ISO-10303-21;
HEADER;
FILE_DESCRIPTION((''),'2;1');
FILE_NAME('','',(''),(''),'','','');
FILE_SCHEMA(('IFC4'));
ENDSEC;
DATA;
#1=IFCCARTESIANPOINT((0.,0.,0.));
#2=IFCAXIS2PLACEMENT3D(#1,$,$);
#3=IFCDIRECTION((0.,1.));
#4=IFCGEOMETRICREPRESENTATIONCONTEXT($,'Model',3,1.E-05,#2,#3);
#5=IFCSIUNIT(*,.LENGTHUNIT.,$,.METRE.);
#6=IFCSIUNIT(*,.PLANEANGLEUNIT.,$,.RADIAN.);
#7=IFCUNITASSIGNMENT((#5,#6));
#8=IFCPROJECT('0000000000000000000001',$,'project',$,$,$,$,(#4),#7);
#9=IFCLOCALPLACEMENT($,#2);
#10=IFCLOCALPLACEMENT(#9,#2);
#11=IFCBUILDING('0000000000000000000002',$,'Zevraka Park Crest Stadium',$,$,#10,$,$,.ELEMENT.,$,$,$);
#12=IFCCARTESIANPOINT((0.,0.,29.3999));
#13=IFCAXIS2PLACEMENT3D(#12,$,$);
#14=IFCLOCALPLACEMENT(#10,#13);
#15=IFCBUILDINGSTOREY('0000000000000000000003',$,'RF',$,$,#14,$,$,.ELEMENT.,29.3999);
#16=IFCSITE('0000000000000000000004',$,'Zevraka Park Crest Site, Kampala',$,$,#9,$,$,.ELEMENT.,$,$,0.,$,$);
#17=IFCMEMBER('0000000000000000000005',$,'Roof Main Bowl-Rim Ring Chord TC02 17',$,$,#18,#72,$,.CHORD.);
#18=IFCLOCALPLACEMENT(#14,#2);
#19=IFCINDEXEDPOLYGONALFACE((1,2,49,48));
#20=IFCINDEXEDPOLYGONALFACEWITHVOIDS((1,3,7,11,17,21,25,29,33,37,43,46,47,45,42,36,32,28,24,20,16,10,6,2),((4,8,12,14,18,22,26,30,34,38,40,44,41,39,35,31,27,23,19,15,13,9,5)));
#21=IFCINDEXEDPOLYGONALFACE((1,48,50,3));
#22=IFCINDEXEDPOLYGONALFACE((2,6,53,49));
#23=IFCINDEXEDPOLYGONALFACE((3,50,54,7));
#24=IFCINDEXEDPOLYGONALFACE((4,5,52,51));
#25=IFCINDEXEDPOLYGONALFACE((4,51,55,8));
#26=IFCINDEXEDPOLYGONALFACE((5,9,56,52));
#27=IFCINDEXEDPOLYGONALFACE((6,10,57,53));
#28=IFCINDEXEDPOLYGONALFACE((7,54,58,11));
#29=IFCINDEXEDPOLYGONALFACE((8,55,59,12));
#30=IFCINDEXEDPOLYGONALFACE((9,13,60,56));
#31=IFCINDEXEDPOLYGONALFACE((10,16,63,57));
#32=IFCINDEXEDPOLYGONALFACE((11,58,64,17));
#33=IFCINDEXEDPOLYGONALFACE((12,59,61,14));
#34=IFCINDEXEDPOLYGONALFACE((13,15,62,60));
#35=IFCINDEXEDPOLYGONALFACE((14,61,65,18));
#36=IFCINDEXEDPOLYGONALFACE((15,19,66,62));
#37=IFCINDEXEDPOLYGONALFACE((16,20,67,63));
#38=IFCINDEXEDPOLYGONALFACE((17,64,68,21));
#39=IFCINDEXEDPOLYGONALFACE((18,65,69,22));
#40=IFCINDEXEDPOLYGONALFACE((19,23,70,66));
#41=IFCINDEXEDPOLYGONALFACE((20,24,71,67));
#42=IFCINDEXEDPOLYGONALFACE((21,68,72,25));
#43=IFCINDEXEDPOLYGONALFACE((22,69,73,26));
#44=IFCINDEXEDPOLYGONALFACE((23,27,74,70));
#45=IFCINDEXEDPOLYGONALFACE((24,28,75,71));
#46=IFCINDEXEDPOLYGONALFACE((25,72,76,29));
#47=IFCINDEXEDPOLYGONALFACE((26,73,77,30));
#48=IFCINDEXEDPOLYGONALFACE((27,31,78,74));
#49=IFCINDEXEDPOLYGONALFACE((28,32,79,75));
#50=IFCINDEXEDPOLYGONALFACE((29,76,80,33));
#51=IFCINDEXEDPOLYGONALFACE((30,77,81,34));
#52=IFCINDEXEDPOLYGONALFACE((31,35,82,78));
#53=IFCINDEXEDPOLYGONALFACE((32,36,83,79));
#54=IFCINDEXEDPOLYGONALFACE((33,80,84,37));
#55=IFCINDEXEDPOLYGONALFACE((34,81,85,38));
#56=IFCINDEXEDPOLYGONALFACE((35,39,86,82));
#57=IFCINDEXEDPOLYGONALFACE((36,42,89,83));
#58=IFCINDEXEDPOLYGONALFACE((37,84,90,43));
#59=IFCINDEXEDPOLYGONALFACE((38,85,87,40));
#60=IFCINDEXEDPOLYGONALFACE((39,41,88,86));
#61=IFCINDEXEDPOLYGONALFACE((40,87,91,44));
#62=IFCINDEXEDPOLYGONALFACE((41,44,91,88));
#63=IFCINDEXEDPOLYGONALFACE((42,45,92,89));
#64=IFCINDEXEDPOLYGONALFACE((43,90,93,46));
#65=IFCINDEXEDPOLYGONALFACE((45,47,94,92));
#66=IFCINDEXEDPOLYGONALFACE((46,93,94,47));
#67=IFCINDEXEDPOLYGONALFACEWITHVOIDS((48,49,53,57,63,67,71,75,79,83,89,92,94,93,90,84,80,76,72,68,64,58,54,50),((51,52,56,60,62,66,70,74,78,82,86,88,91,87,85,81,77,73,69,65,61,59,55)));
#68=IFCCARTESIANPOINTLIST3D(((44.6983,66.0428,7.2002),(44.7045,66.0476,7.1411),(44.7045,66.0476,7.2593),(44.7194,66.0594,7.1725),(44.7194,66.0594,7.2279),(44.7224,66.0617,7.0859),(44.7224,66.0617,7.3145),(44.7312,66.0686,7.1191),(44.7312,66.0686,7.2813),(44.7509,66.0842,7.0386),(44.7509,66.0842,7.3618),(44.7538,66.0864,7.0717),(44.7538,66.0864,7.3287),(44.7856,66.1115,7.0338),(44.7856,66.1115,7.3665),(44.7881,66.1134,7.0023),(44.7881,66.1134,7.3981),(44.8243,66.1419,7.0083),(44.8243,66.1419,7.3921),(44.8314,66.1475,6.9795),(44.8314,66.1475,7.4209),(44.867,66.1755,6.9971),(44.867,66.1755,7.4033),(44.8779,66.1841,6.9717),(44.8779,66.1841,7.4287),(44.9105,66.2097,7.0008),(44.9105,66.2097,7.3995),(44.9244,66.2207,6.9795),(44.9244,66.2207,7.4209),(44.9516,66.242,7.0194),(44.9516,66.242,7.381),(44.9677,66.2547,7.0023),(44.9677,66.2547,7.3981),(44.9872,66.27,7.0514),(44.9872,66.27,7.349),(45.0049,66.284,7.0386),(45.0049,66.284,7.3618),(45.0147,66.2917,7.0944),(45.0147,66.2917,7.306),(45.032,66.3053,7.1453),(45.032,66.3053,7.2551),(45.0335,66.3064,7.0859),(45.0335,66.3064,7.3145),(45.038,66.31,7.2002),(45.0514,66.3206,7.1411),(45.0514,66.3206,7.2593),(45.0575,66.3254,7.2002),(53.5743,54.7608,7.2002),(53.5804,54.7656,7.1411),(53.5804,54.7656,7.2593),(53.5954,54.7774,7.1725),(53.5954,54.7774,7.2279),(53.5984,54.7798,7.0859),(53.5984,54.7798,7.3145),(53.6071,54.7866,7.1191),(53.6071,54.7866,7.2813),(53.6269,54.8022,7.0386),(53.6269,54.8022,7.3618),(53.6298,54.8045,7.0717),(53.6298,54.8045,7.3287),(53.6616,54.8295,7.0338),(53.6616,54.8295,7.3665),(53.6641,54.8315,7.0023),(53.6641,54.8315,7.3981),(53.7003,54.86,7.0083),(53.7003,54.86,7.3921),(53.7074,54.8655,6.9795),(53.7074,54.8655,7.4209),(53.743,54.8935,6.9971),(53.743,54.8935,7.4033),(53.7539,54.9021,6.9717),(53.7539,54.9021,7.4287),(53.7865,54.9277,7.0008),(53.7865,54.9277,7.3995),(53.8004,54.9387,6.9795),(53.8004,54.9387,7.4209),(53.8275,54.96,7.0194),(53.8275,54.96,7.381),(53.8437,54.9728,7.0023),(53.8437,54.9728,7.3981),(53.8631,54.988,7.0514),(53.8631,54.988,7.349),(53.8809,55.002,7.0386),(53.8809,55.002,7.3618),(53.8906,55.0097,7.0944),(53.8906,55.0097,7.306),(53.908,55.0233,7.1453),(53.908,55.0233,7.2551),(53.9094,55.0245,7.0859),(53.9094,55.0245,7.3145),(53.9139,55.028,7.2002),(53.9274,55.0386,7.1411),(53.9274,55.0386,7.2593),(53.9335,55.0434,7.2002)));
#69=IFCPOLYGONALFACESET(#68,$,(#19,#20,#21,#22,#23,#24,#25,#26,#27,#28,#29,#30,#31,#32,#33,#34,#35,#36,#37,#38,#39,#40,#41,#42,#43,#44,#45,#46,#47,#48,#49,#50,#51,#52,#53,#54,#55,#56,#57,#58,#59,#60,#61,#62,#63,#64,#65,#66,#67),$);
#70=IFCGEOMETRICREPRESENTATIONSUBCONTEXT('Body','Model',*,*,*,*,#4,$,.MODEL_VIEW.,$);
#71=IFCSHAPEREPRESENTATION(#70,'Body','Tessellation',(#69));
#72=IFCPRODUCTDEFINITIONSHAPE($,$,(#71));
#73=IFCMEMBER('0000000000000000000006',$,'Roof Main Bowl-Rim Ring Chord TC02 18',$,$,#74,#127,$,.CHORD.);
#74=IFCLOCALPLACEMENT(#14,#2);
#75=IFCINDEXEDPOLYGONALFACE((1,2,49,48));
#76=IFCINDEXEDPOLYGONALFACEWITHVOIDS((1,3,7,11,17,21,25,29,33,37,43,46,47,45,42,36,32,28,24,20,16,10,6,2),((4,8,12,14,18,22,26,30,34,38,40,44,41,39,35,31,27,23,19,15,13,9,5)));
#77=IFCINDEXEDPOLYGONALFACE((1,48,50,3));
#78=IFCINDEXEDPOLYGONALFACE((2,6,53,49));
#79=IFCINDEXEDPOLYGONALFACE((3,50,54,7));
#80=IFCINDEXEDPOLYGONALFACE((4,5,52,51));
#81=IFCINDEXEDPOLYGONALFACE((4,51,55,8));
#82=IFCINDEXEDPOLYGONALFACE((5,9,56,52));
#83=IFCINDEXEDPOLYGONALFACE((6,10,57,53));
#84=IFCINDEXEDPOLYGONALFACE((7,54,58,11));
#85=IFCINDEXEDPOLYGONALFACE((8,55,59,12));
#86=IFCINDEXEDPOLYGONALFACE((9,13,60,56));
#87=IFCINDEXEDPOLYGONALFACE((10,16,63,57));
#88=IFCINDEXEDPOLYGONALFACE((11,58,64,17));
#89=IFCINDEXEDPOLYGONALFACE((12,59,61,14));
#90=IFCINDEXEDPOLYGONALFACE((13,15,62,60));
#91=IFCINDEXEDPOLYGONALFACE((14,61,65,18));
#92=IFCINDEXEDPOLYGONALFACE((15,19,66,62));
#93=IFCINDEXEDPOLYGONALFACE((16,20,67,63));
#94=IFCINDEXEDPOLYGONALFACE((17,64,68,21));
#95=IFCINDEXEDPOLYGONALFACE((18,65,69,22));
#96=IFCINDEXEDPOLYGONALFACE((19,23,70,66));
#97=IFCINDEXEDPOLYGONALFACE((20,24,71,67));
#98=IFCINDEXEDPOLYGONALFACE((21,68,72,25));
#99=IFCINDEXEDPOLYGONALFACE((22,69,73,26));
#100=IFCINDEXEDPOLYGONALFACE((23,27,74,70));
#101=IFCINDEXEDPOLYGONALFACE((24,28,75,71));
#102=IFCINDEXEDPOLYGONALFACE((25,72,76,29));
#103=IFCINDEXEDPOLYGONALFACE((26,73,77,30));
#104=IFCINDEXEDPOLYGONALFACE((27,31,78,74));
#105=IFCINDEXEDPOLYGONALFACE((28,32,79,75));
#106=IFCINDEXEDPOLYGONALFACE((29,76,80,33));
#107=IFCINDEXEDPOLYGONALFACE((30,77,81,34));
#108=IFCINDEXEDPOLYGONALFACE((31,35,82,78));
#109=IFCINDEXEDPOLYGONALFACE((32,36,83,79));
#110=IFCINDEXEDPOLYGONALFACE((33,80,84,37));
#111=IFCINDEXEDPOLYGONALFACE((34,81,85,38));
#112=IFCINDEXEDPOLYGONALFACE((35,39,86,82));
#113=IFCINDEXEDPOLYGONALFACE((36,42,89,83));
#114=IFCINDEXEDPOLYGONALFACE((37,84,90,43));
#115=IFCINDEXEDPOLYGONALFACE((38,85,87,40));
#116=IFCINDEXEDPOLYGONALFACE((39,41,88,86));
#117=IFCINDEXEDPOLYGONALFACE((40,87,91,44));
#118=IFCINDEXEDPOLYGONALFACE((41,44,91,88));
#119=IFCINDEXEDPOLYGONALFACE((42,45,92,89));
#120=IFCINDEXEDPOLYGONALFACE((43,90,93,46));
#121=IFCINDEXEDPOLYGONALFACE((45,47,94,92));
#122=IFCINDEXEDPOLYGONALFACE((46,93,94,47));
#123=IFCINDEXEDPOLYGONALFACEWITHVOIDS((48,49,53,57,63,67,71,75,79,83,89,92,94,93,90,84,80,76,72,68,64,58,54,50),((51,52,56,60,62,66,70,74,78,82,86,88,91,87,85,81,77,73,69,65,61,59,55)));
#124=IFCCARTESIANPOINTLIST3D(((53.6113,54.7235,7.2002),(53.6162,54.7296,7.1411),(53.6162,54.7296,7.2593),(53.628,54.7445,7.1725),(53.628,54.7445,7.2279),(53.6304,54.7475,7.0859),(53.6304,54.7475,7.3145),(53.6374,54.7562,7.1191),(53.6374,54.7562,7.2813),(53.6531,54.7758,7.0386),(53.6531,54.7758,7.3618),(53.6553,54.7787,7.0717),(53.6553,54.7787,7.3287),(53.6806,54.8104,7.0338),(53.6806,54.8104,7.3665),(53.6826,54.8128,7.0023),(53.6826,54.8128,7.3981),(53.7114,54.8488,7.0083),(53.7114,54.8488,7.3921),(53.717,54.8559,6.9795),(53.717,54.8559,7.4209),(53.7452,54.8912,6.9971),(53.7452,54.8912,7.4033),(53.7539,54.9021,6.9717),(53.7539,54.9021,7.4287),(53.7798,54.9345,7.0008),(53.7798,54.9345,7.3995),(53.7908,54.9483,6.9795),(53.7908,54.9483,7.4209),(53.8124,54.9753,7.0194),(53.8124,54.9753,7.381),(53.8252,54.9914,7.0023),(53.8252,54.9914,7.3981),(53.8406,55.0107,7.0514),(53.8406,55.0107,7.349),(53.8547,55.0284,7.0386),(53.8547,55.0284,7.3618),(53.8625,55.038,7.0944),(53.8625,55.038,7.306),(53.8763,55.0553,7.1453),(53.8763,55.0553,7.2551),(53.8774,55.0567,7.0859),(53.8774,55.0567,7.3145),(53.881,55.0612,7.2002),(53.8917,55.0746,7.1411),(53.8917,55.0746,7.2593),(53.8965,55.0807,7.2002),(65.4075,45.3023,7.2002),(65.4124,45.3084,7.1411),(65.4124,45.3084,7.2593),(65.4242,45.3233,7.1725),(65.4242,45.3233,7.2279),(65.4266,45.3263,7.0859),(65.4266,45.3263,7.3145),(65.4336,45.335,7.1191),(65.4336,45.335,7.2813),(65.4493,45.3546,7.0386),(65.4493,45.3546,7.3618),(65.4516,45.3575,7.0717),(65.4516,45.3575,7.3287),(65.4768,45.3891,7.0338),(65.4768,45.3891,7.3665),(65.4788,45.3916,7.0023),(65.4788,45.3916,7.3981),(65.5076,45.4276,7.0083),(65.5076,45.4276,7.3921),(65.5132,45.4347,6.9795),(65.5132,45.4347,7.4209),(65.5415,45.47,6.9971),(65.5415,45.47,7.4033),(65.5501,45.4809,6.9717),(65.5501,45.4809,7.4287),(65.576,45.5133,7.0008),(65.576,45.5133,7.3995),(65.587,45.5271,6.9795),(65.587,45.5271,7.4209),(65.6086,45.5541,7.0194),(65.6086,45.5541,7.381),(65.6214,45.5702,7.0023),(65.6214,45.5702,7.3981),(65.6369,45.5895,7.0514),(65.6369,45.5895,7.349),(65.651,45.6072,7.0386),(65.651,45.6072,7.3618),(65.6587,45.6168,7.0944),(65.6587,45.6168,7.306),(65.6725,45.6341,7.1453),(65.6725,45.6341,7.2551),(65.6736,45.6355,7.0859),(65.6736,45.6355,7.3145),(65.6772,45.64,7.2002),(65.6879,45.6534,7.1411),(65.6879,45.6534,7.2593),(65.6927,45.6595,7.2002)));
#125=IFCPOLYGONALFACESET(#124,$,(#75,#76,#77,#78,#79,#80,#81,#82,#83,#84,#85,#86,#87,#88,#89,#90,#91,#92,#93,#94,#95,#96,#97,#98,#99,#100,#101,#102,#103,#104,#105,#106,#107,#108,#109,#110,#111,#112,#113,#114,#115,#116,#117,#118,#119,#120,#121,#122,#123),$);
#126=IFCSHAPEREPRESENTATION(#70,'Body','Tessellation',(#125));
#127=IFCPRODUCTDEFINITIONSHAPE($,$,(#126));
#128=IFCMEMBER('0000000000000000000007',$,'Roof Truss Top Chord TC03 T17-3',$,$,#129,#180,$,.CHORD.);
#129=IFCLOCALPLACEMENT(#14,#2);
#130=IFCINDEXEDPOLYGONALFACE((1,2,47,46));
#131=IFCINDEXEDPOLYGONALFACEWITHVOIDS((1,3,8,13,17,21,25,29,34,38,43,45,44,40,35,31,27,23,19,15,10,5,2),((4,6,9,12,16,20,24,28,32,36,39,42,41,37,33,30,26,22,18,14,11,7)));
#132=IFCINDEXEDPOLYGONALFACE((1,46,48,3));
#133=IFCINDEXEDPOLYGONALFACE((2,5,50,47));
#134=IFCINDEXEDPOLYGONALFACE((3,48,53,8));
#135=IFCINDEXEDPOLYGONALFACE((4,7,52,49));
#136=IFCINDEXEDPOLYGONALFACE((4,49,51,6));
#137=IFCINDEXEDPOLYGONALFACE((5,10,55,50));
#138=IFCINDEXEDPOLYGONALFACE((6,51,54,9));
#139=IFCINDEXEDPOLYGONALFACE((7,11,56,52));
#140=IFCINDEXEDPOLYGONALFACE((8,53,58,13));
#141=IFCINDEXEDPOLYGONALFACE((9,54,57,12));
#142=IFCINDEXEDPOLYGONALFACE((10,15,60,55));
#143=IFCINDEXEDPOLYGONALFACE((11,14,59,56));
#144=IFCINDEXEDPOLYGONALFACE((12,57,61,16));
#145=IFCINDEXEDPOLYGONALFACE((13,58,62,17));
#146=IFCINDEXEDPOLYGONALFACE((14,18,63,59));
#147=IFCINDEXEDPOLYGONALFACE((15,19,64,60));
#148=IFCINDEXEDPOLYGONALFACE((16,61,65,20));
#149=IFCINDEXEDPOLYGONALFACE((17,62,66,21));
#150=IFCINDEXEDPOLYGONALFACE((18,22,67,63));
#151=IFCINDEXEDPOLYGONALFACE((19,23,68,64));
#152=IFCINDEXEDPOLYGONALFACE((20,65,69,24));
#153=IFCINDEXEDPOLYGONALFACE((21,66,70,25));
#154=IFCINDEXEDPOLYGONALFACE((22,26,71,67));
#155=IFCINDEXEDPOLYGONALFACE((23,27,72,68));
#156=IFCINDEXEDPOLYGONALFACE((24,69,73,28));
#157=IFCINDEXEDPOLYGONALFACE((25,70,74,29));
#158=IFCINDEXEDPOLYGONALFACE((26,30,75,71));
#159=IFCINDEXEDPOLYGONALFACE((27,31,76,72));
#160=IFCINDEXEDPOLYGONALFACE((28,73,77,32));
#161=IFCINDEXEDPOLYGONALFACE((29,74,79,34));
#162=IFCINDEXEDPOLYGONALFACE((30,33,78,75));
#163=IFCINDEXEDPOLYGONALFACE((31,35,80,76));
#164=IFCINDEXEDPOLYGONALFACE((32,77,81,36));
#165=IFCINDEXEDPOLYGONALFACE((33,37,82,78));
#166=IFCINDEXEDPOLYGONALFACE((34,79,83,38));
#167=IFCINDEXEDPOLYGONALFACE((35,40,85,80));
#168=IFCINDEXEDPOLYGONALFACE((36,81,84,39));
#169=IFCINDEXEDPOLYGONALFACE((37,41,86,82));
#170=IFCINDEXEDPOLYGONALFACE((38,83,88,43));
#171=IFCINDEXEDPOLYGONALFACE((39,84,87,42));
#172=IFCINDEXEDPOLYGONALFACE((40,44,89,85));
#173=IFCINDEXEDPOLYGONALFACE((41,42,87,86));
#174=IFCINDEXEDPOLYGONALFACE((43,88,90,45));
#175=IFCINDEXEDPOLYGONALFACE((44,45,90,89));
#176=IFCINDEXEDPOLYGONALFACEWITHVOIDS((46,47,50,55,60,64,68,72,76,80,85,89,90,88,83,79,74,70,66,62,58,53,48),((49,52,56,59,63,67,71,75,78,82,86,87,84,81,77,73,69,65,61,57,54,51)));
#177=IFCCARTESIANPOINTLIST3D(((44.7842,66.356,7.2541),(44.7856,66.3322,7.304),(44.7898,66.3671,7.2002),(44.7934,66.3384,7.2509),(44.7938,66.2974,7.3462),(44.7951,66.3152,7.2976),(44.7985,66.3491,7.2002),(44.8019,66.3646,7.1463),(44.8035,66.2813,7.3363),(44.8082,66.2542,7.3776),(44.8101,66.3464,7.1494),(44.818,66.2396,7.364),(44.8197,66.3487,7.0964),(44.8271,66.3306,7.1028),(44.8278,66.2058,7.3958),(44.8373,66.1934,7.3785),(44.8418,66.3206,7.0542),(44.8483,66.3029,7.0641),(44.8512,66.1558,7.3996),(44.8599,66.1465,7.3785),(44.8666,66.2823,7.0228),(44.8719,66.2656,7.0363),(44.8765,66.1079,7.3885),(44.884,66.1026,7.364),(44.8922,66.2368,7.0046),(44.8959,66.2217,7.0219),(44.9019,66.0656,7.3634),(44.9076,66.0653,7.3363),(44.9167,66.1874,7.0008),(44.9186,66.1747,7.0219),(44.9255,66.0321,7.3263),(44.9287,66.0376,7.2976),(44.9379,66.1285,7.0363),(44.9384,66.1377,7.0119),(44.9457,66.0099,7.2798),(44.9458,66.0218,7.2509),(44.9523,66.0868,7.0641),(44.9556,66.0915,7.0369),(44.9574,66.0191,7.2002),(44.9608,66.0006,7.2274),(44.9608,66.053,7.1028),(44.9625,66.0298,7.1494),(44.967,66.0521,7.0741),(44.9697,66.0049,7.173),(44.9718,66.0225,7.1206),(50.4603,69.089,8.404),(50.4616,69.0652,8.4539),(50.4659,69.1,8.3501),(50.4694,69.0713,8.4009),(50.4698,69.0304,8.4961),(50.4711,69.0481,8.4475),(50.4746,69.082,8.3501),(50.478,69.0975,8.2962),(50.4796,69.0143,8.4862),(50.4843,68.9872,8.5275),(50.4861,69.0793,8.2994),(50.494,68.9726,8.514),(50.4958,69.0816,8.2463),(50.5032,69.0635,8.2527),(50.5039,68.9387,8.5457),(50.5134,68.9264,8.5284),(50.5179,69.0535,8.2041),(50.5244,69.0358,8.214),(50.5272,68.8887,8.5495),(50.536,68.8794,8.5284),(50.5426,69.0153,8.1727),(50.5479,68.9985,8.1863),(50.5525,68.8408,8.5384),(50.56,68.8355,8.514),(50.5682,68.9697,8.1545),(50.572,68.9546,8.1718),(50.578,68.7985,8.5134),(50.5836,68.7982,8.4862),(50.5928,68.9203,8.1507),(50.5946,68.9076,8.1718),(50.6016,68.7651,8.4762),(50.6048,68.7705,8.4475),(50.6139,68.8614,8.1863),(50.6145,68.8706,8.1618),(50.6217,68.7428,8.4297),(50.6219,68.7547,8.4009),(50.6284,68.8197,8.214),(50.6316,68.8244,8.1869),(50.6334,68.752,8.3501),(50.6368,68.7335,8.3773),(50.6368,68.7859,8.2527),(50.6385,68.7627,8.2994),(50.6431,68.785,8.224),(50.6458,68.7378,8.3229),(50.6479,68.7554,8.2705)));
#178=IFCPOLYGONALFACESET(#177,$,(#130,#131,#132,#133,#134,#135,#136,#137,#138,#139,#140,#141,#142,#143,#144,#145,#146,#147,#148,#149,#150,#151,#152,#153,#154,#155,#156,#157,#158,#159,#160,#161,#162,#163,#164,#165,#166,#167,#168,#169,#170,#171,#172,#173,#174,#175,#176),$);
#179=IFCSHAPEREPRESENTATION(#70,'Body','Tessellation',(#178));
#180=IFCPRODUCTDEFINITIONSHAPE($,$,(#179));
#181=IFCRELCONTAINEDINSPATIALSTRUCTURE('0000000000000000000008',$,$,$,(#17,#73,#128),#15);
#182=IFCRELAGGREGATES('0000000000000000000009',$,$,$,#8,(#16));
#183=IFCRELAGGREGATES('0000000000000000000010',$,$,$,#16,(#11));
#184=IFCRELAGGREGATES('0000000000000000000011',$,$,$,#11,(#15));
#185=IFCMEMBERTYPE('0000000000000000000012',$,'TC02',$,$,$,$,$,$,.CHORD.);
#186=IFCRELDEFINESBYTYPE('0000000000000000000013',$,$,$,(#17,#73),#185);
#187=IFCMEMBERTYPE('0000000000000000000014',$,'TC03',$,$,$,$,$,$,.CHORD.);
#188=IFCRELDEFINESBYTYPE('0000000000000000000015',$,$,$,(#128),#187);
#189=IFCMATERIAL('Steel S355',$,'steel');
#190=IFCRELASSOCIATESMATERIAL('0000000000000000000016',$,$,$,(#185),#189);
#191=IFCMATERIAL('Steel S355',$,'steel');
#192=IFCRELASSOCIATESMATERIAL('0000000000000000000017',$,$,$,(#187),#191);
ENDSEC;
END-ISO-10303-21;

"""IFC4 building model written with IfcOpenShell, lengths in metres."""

from ifc_helpers import new_model, si_unit, direction, frame, origin, origin_2d, place, context, subcontext, project, spatial, hollow_circle, extrude, material, material_profile, profile_set, type_object, element, save


model = new_model("IFC4")

# Units and contexts
model_context = context("Model", 3, precision=1e-05, world=origin(), true_north=direction((0.0, 1.0)))
body_context = subcontext(model_context, "Body", "Model", "MODEL_VIEW")
ifc_project = project(units=[si_unit("LENGTHUNIT", "METRE"), si_unit("PLANEANGLEUNIT", "RADIAN")], contexts=[model_context])

# Site, building, storey
site_placement = place(None, origin())
site = spatial("IfcSite", under=ifc_project, at=site_placement, Name="Zevraka Park Crest Site, Kampala", CompositionType="ELEMENT", RefElevation=0.0)
building_placement = place(site_placement, origin())
building = spatial("IfcBuilding", under=site, at=building_placement, Name="Zevraka Park Crest Stadium", CompositionType="ELEMENT")
storey_placement = place(building_placement, frame((0.0, 0.0, 29.3999)))
storey = spatial("IfcBuildingStorey", under=building, at=storey_placement, Name="RF", CompositionType="ELEMENT", Elevation=29.3999)

# Members
ifc_material_1 = material(Name="Steel S355", Category="steel")
ifc_material_profile_1 = material_profile(ifc_material_1, hollow_circle(Radius=0.2285, WallThickness=0.0249, at=origin_2d()), Name="CHS 457.0x25")
ifc_profile_set_1 = profile_set([ifc_material_profile_1], Name="Steel S355")
member_type_1 = type_object("IfcMemberType", Name="TC02", PredefinedType="CHORD", material=ifc_profile_set_1)
member_1_placement = place(storey_placement, frame((44.8779, 66.1841, 7.2002), z_axis=(0.618319, -0.785927, 0.0), x_axis=(0.785927, 0.618319, 0.0)))
element("IfcMember", 1, at=member_1_placement, inside=storey, type_object=member_type_1, Name="Roof Main Bowl-Rim Ring Chord TC02 17", PredefinedType="CHORD", context=body_context, shape_type="SweptSolid", body=[
    extrude(hollow_circle(Radius=0.2285, WallThickness=0.0249, at=origin_2d()), origin(), (0.0, 0.0, 1.0), 14.355),
])
member_2_placement = place(storey_placement, frame((53.7539, 54.9021, 7.2002), z_axis=(0.781378, -0.624058, 0.0), x_axis=(0.624058, 0.781378, 0.0)))
element("IfcMember", 2, at=member_2_placement, inside=storey, type_object=member_type_1, Name="Roof Main Bowl-Rim Ring Chord TC02 18", PredefinedType="CHORD", context=body_context, shape_type="SweptSolid", body=[
    extrude(hollow_circle(Radius=0.2285, WallThickness=0.0249, at=origin_2d()), origin(), (0.0, 0.0, 1.0), 15.0967),
])
ifc_material_2 = material(Name="Steel S355", Category="steel")
ifc_material_profile_2 = material_profile(ifc_material_2, hollow_circle(Radius=0.2031, WallThickness=0.02, at=origin_2d()), Name="CHS 406.4x20")
ifc_profile_set_2 = profile_set([ifc_material_profile_2], Name="Steel S355")
member_type_2 = type_object("IfcMemberType", Name="TC03", PredefinedType="CHORD", material=ifc_profile_set_2)
for number, where, z_axis, x_axis, name in (
    (3, (44.8779, 66.1841, 7.2002), (0.886356, 0.426765, 0.179566), (-0.433817, 0.901001, 0.0), "Roof Truss Top Chord TC03 T17-3"),
):
    element("IfcMember", number, at=place(storey_placement, frame(where, z_axis=z_axis, x_axis=x_axis)), inside=storey, type_object=member_type_2, Name=name, PredefinedType="CHORD", context=body_context, shape_type="SweptSolid", body=[
        extrude(hollow_circle(Radius=0.2031, WallThickness=0.02, at=origin_2d()), origin(), (0.0, 0.0, 1.0), 6.4038),
    ])

save(model, "model.ifc")
